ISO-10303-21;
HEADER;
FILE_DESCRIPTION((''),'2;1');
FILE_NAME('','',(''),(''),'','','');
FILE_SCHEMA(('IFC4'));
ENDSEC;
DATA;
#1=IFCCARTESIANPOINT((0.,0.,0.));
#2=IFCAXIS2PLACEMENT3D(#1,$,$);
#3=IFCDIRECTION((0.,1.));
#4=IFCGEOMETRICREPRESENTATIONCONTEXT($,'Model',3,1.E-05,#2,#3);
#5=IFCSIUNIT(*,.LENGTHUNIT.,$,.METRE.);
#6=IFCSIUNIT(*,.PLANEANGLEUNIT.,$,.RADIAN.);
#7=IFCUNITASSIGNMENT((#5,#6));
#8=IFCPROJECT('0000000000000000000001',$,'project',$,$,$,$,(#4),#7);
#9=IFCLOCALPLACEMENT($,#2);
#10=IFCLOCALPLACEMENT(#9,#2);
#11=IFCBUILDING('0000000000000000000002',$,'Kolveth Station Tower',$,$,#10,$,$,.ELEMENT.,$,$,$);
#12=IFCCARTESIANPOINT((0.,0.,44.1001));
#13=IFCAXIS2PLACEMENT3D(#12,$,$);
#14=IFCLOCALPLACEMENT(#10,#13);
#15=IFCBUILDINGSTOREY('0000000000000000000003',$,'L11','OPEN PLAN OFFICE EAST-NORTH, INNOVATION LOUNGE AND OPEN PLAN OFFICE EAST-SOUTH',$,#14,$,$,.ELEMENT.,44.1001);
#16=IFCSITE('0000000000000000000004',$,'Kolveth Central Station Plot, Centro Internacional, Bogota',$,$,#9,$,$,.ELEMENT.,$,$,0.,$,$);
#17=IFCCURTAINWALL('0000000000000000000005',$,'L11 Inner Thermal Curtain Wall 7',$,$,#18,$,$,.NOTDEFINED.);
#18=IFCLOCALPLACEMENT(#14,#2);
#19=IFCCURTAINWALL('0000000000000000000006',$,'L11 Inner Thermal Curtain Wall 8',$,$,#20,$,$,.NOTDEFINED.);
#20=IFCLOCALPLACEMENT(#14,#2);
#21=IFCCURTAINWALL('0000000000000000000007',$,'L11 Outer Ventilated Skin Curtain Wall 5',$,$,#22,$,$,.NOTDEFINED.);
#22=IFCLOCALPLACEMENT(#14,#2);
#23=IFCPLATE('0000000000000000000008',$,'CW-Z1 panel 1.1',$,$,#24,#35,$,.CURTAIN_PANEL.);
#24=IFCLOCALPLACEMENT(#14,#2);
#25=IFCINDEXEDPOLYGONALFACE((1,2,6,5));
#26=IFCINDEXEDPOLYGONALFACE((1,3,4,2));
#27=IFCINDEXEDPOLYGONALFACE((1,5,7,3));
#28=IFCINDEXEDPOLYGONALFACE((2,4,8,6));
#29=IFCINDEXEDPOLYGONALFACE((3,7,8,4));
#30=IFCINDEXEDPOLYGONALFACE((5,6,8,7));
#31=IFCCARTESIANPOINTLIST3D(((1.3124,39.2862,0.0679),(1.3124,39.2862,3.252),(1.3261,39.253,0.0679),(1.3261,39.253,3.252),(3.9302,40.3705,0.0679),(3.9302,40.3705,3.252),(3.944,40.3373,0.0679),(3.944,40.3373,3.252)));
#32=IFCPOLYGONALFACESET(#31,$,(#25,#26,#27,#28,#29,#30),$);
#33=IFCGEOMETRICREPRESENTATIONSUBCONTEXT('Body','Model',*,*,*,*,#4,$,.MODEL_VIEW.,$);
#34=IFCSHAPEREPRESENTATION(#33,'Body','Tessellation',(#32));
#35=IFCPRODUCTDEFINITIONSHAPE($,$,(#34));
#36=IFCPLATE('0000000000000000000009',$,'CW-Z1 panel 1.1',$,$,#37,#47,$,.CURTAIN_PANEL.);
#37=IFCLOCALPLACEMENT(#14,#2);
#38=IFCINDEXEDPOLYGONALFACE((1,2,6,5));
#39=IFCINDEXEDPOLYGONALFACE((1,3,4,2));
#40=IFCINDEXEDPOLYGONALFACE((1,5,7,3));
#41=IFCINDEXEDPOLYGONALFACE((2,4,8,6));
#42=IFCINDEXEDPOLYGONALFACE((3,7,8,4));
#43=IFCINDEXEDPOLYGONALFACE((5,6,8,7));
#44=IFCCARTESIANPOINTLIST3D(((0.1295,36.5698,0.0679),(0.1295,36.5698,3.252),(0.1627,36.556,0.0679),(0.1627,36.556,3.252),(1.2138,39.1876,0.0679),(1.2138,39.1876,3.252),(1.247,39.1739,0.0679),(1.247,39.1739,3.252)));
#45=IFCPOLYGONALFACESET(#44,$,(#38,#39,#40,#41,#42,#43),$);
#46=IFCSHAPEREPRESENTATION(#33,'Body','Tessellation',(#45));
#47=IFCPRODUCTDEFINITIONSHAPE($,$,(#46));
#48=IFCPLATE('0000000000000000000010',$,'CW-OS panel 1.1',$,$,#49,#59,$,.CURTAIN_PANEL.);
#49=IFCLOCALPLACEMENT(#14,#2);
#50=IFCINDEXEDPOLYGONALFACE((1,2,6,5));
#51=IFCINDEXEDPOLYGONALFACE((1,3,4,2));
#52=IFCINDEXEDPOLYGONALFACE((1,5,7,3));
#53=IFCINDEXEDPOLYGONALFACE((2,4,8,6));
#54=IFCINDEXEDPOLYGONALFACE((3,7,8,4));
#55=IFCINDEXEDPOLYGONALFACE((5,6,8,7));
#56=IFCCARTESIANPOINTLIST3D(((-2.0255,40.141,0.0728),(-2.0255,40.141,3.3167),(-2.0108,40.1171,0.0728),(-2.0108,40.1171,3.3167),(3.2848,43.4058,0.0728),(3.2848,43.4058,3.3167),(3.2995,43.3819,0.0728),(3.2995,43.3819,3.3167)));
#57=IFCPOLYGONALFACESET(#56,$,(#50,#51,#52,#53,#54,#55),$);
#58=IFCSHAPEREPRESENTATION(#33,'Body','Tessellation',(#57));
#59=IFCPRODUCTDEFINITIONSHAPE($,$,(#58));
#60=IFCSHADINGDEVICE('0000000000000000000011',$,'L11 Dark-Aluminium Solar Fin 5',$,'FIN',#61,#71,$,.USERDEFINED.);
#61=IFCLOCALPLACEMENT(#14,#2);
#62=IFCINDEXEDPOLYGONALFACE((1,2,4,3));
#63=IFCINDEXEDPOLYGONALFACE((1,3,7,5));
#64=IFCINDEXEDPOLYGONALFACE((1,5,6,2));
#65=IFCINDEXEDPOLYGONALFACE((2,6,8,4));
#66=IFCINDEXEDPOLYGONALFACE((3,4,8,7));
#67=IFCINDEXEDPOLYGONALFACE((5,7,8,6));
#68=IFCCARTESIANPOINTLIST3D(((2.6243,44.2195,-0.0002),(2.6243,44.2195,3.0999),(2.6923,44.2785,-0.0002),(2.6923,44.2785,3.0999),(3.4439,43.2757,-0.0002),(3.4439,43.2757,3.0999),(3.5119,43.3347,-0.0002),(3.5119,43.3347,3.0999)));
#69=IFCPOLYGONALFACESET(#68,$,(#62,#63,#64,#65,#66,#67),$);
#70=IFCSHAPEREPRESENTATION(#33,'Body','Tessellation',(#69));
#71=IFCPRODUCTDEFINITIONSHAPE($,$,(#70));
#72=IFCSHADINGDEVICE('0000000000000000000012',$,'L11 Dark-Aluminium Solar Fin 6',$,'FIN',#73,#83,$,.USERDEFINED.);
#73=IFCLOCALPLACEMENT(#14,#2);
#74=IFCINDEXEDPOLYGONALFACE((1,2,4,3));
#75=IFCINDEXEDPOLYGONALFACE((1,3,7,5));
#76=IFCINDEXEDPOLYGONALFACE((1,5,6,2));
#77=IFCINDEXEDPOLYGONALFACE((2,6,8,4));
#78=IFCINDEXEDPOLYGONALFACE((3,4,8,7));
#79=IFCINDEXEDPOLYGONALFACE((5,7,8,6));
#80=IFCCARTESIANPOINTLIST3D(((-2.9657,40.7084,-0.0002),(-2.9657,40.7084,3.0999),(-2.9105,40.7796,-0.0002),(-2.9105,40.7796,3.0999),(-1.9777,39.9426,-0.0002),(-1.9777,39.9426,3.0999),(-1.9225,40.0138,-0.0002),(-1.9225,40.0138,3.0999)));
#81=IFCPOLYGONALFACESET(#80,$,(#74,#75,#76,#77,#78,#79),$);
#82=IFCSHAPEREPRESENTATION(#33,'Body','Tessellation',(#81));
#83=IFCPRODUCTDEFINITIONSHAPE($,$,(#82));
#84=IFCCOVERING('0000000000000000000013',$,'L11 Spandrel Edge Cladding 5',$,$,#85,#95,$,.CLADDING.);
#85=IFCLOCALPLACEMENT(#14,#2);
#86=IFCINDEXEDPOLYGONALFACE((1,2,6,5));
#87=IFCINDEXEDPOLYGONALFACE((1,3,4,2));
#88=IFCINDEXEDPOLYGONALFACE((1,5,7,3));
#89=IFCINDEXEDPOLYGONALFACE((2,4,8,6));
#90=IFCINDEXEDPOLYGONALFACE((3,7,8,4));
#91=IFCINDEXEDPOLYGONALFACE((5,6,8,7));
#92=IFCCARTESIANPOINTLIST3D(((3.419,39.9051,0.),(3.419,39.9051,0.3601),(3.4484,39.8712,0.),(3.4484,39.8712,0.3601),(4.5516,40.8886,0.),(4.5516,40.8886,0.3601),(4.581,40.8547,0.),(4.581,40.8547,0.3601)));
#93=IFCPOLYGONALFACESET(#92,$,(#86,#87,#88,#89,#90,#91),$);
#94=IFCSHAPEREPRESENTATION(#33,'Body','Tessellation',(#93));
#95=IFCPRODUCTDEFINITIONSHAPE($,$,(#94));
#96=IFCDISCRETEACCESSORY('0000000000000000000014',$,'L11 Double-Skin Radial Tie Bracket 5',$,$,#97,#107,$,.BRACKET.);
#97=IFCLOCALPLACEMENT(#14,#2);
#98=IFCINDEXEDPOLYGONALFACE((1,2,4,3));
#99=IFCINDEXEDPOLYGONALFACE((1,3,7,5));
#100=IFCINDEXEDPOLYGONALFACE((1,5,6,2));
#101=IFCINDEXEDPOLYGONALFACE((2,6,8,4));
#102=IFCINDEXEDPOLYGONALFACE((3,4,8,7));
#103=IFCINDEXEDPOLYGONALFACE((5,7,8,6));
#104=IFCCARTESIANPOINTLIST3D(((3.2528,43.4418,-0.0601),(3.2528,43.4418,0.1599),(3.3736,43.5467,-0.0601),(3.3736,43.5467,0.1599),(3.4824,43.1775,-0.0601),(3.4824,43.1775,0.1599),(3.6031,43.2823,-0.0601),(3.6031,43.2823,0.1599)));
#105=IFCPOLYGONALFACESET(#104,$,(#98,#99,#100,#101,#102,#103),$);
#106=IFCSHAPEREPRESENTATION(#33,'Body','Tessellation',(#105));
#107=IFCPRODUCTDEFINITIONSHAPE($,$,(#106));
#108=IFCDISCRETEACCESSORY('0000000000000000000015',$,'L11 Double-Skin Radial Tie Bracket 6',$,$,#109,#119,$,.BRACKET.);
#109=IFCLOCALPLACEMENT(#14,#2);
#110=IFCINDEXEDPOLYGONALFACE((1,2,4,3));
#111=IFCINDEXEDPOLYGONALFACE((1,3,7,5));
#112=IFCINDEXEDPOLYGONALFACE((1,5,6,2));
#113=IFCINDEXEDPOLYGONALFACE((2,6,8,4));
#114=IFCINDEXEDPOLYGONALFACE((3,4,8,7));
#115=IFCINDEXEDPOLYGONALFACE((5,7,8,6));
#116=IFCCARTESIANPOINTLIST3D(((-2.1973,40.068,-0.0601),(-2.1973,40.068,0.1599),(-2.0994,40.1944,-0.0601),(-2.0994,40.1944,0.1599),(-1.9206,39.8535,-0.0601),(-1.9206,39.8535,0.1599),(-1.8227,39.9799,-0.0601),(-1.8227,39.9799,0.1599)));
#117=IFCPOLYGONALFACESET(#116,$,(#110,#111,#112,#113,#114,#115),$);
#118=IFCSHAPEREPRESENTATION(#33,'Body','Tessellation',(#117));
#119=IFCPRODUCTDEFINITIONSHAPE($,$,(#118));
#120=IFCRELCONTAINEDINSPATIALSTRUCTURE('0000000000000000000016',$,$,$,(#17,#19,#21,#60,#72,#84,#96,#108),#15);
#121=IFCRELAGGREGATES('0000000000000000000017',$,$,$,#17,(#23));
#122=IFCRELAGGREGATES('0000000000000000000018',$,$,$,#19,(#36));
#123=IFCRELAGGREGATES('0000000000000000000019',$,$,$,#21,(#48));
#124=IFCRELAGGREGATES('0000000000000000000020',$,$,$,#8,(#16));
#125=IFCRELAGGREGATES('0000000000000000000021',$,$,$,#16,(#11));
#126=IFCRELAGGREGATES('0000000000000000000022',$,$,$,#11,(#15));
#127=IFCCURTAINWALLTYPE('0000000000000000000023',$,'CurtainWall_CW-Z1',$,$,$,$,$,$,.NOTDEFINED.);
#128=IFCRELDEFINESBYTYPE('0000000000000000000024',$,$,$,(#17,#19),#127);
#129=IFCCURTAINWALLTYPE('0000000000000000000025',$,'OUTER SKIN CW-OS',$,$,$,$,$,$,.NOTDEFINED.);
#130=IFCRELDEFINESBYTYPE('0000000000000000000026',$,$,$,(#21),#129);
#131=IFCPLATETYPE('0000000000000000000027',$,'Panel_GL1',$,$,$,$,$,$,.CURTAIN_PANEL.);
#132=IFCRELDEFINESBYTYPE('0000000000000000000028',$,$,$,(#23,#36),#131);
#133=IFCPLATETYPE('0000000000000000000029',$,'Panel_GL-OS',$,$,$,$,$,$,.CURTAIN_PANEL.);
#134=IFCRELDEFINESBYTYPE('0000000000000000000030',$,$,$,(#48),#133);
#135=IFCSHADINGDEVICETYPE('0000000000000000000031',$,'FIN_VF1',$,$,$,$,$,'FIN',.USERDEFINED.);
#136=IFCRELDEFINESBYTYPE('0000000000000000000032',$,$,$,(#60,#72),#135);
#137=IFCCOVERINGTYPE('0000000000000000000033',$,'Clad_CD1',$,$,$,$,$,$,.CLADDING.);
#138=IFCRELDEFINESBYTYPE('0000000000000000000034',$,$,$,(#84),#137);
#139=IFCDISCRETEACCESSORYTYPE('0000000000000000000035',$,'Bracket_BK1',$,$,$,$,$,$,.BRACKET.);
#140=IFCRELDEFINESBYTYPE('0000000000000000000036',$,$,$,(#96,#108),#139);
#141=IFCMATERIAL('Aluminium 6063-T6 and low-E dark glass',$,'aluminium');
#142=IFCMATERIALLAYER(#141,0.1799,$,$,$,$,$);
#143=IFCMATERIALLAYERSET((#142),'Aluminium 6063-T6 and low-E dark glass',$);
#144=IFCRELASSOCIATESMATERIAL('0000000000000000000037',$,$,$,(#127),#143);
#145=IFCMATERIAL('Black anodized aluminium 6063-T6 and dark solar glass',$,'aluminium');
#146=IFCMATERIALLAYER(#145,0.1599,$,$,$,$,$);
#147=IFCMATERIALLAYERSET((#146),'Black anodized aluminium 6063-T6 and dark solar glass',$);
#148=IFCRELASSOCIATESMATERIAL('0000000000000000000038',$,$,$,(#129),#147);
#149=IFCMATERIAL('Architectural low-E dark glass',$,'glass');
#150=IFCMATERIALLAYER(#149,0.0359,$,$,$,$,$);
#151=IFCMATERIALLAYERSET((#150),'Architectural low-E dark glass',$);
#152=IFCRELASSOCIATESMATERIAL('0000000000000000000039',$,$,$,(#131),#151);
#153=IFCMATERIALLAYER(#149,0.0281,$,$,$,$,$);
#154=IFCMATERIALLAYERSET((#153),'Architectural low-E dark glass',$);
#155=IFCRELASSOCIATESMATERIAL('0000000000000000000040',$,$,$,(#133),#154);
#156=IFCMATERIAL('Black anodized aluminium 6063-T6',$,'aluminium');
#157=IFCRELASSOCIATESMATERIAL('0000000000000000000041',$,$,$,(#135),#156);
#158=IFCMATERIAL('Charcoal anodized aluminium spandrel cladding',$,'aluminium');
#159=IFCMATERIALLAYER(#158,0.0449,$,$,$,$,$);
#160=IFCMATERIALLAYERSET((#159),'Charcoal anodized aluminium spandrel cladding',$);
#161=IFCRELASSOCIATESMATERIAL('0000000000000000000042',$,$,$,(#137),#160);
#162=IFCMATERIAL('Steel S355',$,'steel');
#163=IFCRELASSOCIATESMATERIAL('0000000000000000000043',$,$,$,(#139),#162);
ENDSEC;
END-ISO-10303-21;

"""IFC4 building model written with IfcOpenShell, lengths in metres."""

from ifc_helpers import new_model, si_unit, direction, frame, origin, origin_2d, place, context, subcontext, project, spatial, rectangle, extrude, source, transform, mapped, material, layer, layer_set, type_object, element, aggregate, save


model = new_model("IFC4")

# Units and contexts
model_context = context("Model", 3, precision=1e-05, world=origin(), true_north=direction((0.0, 1.0)))
body_context = subcontext(model_context, "Body", "Model", "MODEL_VIEW")
ifc_project = project(units=[si_unit("LENGTHUNIT", "METRE"), si_unit("PLANEANGLEUNIT", "RADIAN")], contexts=[model_context])

# Site, building, storey
site_placement = place(None, origin())
site = spatial("IfcSite", under=ifc_project, at=site_placement, Name="Kolveth Central Station Plot, Centro Internacional, Bogota", CompositionType="ELEMENT", RefElevation=0.0)
building_placement = place(site_placement, origin())
building = spatial("IfcBuilding", under=site, at=building_placement, Name="Kolveth Station Tower", CompositionType="ELEMENT")
storey_placement = place(building_placement, frame((0.0, 0.0, 44.1001)))
storey = spatial("IfcBuildingStorey", under=building, at=storey_placement, Name="L11", Description="OPEN PLAN OFFICE EAST-NORTH, INNOVATION LOUNGE AND OPEN PLAN OFFICE EAST-SOUTH", CompositionType="ELEMENT", Elevation=44.1001)

# Shared definitions
ifc_material_1 = material(Name="Steel S355", Category="steel")

# Curtain walls
ifc_material_2 = material(Name="Aluminium 6063-T6 and low-E dark glass", Category="aluminium")
ifc_layer_1 = layer(ifc_material_2, 0.1799)
ifc_layer_set_1 = layer_set([ifc_layer_1], Name="Aluminium 6063-T6 and low-E dark glass")
curtain_wall_type_1 = type_object("IfcCurtainWallType", Name="CurtainWall_CW-Z1", PredefinedType="NOTDEFINED", material=ifc_layer_set_1)
curtain_wall_1_placement = place(storey_placement, origin())
curtain_wall_1 = element("IfcCurtainWall", 1, at=curtain_wall_1_placement, inside=storey, type_object=curtain_wall_type_1, Name="L11 Inner Thermal Curtain Wall 7", PredefinedType="NOTDEFINED")
ifc_material_3 = material(Name="Black anodized aluminium 6063-T6", Category="aluminium")
curtain_wall_2_placement = place(storey_placement, origin())
curtain_wall_2 = element("IfcCurtainWall", 2, at=curtain_wall_2_placement, inside=storey, type_object=curtain_wall_type_1, Name="L11 Inner Thermal Curtain Wall 8", PredefinedType="NOTDEFINED")

# Shared definitions
ifc_material_4 = material(Name="Black anodized aluminium 6063-T6 and dark solar glass", Category="aluminium")
ifc_layer_2 = layer(ifc_material_4, 0.1599)
ifc_layer_set_2 = layer_set([ifc_layer_2], Name="Black anodized aluminium 6063-T6 and dark solar glass")
curtain_wall_type_2 = type_object("IfcCurtainWallType", Name="OUTER SKIN CW-OS", PredefinedType="NOTDEFINED", material=ifc_layer_set_2)

# Curtain wall
curtain_wall_3_placement = place(storey_placement, origin())
curtain_wall_3 = element("IfcCurtainWall", 3, at=curtain_wall_3_placement, inside=storey, type_object=curtain_wall_type_2, Name="L11 Outer Ventilated Skin Curtain Wall 5", PredefinedType="NOTDEFINED")

# Plates
ifc_material_5 = material(Name="Architectural low-E dark glass", Category="glass")
ifc_layer_3 = layer(ifc_material_5, 0.0359)
ifc_layer_set_3 = layer_set([ifc_layer_3], Name="Architectural low-E dark glass")
plate_type_1 = type_object("IfcPlateType", Name="Panel_GL1", PredefinedType="CURTAIN_PANEL", material=ifc_layer_set_3)
shared_shape_1 = source(origin(), body_context, "Body", "SweptSolid", [
    extrude(rectangle(XDim=2.8335, YDim=0.0359, at=origin_2d()), origin(), (0.0, 0.0, 1.0), 3.1841),
])
plate_1_placement = place(storey_placement, frame((2.6282, 39.8118, 0.0679), z_axis=(0.0, 0.0, 1.0), x_axis=(-0.923884, -0.382673, 0.0)))
plate_1 = element("IfcPlate", 4, at=plate_1_placement, type_object=plate_type_1, Name="CW-Z1 panel 1.1", PredefinedType="CURTAIN_PANEL", context=body_context, shape_type="MappedRepresentation", body=[
    mapped(shared_shape_1, transform((0.0, 0.0, 0.0), x_axis=(1.0, 0.0, 0.0), y_axis=(0.0, 1.0, 0.0), z_axis=(0.0, 0.0, 1.0), scale=1.0)),
])
aggregate(curtain_wall_1, [plate_1])
plate_2_placement = place(storey_placement, frame((0.6882, 37.8718, 0.0679), z_axis=(0.0, 0.0, 1.0), x_axis=(-0.382673, -0.923884, 0.0)))
plate_2 = element("IfcPlate", 5, at=plate_2_placement, type_object=plate_type_1, Name="CW-Z1 panel 1.1", PredefinedType="CURTAIN_PANEL", context=body_context, shape_type="MappedRepresentation", body=[
    mapped(shared_shape_1, transform((0.0, 0.0, 0.0), x_axis=(1.0, 0.0, 0.0), y_axis=(0.0, 1.0, 0.0), z_axis=(0.0, 0.0, 1.0), scale=1.0)),
])
aggregate(curtain_wall_2, [plate_2])
ifc_layer_4 = layer(ifc_material_5, 0.0281)
ifc_layer_set_4 = layer_set([ifc_layer_4], Name="Architectural low-E dark glass")
plate_type_2 = type_object("IfcPlateType", Name="Panel_GL-OS", PredefinedType="CURTAIN_PANEL", material=ifc_layer_set_4)
shared_shape_2 = source(origin(), body_context, "Body", "SweptSolid", [
    extrude(rectangle(XDim=6.2336, YDim=0.0281, at=origin_2d()), origin(), (0.0, 0.0, 1.0), 3.2439),
])
plate_3_placement = place(storey_placement, frame((0.637, 41.7615, 0.0728), z_axis=(0.0, 0.0, 1.0), x_axis=(-0.851881, -0.523736, 0.0)))
plate_3 = element("IfcPlate", 6, at=plate_3_placement, type_object=plate_type_2, Name="CW-OS panel 1.1", PredefinedType="CURTAIN_PANEL", context=body_context, shape_type="MappedRepresentation", body=[
    mapped(shared_shape_2, transform((0.0, 0.0, 0.0), x_axis=(1.0, 0.0, 0.0), y_axis=(0.0, 1.0, 0.0), z_axis=(0.0, 0.0, 1.0), scale=1.0)),
])
aggregate(curtain_wall_3, [plate_3])

# Shading devices
shading_device_type = type_object("IfcShadingDeviceType", Name="FIN_VF1", ElementType="FIN", PredefinedType="USERDEFINED", material=ifc_material_3)
shared_shape_3 = source(origin(), body_context, "Body", "SweptSolid", [
    extrude(rectangle(XDim=1.25, YDim=0.0901, at=origin_2d()), origin(), (0.0, 0.0, 1.0), 3.1001),
])
for number, where, z_axis, x_axis, name in (
    (7, (3.0681, 43.7771, -0.0002), (0.0, 0.0, 1.0), (-0.655664, 0.755053, 0.0), "L11 Dark-Aluminium Solar Fin 5"),
    (8, (-2.4441, 40.3611, -0.0002), (0.0, 0.0, 1.0), (-0.790369, 0.612631, 0.0), "L11 Dark-Aluminium Solar Fin 6"),
):
    element("IfcShadingDevice", number, at=place(storey_placement, frame(where, z_axis=z_axis, x_axis=x_axis)), inside=storey, type_object=shading_device_type, Name=name, ObjectType="FIN", PredefinedType="USERDEFINED", context=body_context, shape_type="MappedRepresentation", body=[
        mapped(shared_shape_3, transform((0.0, 0.0, 0.0), x_axis=(1.0, 0.0, 0.0), y_axis=(0.0, 1.0, 0.0), z_axis=(0.0, 0.0, 1.0), scale=1.0)),
    ])

# Covering
ifc_material_6 = material(Name="Charcoal anodized aluminium spandrel cladding", Category="aluminium")
ifc_layer_5 = layer(ifc_material_6, 0.0449)
ifc_layer_set_5 = layer_set([ifc_layer_5], Name="Charcoal anodized aluminium spandrel cladding")
covering_type = type_object("IfcCoveringType", Name="Clad_CD1", PredefinedType="CLADDING", material=ifc_layer_set_5)
shared_shape_4 = source(origin(), body_context, "Body", "SweptSolid", [
    extrude(rectangle(XDim=1.5, YDim=0.0449, at=origin_2d()), origin(), (0.0, 0.0, 1.0), 0.3601),
])
covering_placement = place(storey_placement, frame((4.0, 40.3799, 0.0), z_axis=(0.0, 0.0, 1.0), x_axis=(-0.755053, -0.655664, 0.0)))
element("IfcCovering", 9, at=covering_placement, inside=storey, type_object=covering_type, Name="L11 Spandrel Edge Cladding 5", PredefinedType="CLADDING", context=body_context, shape_type="MappedRepresentation", body=[
    mapped(shared_shape_4, transform((0.0, 0.0, 0.0), x_axis=(1.0, 0.0, 0.0), y_axis=(0.0, 1.0, 0.0), z_axis=(0.0, 0.0, 1.0), scale=1.0)),
])

# Discrete accessories
discrete_accessory_type = type_object("IfcDiscreteAccessoryType", Name="Bracket_BK1", PredefinedType="BRACKET", material=ifc_material_1)
shared_shape_5 = source(origin(), body_context, "Body", "SweptSolid", [
    extrude(rectangle(XDim=0.3501, YDim=0.1599, at=origin_2d()), origin(), (0.0, 0.0, 1.0), 0.22),
])
for number, where, z_axis, x_axis, name in (
    (10, (3.428, 43.3621, -0.0601), (0.0, 0.0, 1.0), (-0.655664, 0.755053, 0.0), "L11 Double-Skin Radial Tie Bracket 5"),
    (11, (-2.01, 40.0239, -0.0601), (0.0, 0.0, 1.0), (-0.790369, 0.612631, 0.0), "L11 Double-Skin Radial Tie Bracket 6"),
):
    element("IfcDiscreteAccessory", number, at=place(storey_placement, frame(where, z_axis=z_axis, x_axis=x_axis)), inside=storey, type_object=discrete_accessory_type, Name=name, PredefinedType="BRACKET", context=body_context, shape_type="MappedRepresentation", body=[
        mapped(shared_shape_5, transform((0.0, 0.0, 0.0), x_axis=(1.0, 0.0, 0.0), y_axis=(0.0, 1.0, 0.0), z_axis=(0.0, 0.0, 1.0), scale=1.0)),
    ])

save(model, "model.ifc")
